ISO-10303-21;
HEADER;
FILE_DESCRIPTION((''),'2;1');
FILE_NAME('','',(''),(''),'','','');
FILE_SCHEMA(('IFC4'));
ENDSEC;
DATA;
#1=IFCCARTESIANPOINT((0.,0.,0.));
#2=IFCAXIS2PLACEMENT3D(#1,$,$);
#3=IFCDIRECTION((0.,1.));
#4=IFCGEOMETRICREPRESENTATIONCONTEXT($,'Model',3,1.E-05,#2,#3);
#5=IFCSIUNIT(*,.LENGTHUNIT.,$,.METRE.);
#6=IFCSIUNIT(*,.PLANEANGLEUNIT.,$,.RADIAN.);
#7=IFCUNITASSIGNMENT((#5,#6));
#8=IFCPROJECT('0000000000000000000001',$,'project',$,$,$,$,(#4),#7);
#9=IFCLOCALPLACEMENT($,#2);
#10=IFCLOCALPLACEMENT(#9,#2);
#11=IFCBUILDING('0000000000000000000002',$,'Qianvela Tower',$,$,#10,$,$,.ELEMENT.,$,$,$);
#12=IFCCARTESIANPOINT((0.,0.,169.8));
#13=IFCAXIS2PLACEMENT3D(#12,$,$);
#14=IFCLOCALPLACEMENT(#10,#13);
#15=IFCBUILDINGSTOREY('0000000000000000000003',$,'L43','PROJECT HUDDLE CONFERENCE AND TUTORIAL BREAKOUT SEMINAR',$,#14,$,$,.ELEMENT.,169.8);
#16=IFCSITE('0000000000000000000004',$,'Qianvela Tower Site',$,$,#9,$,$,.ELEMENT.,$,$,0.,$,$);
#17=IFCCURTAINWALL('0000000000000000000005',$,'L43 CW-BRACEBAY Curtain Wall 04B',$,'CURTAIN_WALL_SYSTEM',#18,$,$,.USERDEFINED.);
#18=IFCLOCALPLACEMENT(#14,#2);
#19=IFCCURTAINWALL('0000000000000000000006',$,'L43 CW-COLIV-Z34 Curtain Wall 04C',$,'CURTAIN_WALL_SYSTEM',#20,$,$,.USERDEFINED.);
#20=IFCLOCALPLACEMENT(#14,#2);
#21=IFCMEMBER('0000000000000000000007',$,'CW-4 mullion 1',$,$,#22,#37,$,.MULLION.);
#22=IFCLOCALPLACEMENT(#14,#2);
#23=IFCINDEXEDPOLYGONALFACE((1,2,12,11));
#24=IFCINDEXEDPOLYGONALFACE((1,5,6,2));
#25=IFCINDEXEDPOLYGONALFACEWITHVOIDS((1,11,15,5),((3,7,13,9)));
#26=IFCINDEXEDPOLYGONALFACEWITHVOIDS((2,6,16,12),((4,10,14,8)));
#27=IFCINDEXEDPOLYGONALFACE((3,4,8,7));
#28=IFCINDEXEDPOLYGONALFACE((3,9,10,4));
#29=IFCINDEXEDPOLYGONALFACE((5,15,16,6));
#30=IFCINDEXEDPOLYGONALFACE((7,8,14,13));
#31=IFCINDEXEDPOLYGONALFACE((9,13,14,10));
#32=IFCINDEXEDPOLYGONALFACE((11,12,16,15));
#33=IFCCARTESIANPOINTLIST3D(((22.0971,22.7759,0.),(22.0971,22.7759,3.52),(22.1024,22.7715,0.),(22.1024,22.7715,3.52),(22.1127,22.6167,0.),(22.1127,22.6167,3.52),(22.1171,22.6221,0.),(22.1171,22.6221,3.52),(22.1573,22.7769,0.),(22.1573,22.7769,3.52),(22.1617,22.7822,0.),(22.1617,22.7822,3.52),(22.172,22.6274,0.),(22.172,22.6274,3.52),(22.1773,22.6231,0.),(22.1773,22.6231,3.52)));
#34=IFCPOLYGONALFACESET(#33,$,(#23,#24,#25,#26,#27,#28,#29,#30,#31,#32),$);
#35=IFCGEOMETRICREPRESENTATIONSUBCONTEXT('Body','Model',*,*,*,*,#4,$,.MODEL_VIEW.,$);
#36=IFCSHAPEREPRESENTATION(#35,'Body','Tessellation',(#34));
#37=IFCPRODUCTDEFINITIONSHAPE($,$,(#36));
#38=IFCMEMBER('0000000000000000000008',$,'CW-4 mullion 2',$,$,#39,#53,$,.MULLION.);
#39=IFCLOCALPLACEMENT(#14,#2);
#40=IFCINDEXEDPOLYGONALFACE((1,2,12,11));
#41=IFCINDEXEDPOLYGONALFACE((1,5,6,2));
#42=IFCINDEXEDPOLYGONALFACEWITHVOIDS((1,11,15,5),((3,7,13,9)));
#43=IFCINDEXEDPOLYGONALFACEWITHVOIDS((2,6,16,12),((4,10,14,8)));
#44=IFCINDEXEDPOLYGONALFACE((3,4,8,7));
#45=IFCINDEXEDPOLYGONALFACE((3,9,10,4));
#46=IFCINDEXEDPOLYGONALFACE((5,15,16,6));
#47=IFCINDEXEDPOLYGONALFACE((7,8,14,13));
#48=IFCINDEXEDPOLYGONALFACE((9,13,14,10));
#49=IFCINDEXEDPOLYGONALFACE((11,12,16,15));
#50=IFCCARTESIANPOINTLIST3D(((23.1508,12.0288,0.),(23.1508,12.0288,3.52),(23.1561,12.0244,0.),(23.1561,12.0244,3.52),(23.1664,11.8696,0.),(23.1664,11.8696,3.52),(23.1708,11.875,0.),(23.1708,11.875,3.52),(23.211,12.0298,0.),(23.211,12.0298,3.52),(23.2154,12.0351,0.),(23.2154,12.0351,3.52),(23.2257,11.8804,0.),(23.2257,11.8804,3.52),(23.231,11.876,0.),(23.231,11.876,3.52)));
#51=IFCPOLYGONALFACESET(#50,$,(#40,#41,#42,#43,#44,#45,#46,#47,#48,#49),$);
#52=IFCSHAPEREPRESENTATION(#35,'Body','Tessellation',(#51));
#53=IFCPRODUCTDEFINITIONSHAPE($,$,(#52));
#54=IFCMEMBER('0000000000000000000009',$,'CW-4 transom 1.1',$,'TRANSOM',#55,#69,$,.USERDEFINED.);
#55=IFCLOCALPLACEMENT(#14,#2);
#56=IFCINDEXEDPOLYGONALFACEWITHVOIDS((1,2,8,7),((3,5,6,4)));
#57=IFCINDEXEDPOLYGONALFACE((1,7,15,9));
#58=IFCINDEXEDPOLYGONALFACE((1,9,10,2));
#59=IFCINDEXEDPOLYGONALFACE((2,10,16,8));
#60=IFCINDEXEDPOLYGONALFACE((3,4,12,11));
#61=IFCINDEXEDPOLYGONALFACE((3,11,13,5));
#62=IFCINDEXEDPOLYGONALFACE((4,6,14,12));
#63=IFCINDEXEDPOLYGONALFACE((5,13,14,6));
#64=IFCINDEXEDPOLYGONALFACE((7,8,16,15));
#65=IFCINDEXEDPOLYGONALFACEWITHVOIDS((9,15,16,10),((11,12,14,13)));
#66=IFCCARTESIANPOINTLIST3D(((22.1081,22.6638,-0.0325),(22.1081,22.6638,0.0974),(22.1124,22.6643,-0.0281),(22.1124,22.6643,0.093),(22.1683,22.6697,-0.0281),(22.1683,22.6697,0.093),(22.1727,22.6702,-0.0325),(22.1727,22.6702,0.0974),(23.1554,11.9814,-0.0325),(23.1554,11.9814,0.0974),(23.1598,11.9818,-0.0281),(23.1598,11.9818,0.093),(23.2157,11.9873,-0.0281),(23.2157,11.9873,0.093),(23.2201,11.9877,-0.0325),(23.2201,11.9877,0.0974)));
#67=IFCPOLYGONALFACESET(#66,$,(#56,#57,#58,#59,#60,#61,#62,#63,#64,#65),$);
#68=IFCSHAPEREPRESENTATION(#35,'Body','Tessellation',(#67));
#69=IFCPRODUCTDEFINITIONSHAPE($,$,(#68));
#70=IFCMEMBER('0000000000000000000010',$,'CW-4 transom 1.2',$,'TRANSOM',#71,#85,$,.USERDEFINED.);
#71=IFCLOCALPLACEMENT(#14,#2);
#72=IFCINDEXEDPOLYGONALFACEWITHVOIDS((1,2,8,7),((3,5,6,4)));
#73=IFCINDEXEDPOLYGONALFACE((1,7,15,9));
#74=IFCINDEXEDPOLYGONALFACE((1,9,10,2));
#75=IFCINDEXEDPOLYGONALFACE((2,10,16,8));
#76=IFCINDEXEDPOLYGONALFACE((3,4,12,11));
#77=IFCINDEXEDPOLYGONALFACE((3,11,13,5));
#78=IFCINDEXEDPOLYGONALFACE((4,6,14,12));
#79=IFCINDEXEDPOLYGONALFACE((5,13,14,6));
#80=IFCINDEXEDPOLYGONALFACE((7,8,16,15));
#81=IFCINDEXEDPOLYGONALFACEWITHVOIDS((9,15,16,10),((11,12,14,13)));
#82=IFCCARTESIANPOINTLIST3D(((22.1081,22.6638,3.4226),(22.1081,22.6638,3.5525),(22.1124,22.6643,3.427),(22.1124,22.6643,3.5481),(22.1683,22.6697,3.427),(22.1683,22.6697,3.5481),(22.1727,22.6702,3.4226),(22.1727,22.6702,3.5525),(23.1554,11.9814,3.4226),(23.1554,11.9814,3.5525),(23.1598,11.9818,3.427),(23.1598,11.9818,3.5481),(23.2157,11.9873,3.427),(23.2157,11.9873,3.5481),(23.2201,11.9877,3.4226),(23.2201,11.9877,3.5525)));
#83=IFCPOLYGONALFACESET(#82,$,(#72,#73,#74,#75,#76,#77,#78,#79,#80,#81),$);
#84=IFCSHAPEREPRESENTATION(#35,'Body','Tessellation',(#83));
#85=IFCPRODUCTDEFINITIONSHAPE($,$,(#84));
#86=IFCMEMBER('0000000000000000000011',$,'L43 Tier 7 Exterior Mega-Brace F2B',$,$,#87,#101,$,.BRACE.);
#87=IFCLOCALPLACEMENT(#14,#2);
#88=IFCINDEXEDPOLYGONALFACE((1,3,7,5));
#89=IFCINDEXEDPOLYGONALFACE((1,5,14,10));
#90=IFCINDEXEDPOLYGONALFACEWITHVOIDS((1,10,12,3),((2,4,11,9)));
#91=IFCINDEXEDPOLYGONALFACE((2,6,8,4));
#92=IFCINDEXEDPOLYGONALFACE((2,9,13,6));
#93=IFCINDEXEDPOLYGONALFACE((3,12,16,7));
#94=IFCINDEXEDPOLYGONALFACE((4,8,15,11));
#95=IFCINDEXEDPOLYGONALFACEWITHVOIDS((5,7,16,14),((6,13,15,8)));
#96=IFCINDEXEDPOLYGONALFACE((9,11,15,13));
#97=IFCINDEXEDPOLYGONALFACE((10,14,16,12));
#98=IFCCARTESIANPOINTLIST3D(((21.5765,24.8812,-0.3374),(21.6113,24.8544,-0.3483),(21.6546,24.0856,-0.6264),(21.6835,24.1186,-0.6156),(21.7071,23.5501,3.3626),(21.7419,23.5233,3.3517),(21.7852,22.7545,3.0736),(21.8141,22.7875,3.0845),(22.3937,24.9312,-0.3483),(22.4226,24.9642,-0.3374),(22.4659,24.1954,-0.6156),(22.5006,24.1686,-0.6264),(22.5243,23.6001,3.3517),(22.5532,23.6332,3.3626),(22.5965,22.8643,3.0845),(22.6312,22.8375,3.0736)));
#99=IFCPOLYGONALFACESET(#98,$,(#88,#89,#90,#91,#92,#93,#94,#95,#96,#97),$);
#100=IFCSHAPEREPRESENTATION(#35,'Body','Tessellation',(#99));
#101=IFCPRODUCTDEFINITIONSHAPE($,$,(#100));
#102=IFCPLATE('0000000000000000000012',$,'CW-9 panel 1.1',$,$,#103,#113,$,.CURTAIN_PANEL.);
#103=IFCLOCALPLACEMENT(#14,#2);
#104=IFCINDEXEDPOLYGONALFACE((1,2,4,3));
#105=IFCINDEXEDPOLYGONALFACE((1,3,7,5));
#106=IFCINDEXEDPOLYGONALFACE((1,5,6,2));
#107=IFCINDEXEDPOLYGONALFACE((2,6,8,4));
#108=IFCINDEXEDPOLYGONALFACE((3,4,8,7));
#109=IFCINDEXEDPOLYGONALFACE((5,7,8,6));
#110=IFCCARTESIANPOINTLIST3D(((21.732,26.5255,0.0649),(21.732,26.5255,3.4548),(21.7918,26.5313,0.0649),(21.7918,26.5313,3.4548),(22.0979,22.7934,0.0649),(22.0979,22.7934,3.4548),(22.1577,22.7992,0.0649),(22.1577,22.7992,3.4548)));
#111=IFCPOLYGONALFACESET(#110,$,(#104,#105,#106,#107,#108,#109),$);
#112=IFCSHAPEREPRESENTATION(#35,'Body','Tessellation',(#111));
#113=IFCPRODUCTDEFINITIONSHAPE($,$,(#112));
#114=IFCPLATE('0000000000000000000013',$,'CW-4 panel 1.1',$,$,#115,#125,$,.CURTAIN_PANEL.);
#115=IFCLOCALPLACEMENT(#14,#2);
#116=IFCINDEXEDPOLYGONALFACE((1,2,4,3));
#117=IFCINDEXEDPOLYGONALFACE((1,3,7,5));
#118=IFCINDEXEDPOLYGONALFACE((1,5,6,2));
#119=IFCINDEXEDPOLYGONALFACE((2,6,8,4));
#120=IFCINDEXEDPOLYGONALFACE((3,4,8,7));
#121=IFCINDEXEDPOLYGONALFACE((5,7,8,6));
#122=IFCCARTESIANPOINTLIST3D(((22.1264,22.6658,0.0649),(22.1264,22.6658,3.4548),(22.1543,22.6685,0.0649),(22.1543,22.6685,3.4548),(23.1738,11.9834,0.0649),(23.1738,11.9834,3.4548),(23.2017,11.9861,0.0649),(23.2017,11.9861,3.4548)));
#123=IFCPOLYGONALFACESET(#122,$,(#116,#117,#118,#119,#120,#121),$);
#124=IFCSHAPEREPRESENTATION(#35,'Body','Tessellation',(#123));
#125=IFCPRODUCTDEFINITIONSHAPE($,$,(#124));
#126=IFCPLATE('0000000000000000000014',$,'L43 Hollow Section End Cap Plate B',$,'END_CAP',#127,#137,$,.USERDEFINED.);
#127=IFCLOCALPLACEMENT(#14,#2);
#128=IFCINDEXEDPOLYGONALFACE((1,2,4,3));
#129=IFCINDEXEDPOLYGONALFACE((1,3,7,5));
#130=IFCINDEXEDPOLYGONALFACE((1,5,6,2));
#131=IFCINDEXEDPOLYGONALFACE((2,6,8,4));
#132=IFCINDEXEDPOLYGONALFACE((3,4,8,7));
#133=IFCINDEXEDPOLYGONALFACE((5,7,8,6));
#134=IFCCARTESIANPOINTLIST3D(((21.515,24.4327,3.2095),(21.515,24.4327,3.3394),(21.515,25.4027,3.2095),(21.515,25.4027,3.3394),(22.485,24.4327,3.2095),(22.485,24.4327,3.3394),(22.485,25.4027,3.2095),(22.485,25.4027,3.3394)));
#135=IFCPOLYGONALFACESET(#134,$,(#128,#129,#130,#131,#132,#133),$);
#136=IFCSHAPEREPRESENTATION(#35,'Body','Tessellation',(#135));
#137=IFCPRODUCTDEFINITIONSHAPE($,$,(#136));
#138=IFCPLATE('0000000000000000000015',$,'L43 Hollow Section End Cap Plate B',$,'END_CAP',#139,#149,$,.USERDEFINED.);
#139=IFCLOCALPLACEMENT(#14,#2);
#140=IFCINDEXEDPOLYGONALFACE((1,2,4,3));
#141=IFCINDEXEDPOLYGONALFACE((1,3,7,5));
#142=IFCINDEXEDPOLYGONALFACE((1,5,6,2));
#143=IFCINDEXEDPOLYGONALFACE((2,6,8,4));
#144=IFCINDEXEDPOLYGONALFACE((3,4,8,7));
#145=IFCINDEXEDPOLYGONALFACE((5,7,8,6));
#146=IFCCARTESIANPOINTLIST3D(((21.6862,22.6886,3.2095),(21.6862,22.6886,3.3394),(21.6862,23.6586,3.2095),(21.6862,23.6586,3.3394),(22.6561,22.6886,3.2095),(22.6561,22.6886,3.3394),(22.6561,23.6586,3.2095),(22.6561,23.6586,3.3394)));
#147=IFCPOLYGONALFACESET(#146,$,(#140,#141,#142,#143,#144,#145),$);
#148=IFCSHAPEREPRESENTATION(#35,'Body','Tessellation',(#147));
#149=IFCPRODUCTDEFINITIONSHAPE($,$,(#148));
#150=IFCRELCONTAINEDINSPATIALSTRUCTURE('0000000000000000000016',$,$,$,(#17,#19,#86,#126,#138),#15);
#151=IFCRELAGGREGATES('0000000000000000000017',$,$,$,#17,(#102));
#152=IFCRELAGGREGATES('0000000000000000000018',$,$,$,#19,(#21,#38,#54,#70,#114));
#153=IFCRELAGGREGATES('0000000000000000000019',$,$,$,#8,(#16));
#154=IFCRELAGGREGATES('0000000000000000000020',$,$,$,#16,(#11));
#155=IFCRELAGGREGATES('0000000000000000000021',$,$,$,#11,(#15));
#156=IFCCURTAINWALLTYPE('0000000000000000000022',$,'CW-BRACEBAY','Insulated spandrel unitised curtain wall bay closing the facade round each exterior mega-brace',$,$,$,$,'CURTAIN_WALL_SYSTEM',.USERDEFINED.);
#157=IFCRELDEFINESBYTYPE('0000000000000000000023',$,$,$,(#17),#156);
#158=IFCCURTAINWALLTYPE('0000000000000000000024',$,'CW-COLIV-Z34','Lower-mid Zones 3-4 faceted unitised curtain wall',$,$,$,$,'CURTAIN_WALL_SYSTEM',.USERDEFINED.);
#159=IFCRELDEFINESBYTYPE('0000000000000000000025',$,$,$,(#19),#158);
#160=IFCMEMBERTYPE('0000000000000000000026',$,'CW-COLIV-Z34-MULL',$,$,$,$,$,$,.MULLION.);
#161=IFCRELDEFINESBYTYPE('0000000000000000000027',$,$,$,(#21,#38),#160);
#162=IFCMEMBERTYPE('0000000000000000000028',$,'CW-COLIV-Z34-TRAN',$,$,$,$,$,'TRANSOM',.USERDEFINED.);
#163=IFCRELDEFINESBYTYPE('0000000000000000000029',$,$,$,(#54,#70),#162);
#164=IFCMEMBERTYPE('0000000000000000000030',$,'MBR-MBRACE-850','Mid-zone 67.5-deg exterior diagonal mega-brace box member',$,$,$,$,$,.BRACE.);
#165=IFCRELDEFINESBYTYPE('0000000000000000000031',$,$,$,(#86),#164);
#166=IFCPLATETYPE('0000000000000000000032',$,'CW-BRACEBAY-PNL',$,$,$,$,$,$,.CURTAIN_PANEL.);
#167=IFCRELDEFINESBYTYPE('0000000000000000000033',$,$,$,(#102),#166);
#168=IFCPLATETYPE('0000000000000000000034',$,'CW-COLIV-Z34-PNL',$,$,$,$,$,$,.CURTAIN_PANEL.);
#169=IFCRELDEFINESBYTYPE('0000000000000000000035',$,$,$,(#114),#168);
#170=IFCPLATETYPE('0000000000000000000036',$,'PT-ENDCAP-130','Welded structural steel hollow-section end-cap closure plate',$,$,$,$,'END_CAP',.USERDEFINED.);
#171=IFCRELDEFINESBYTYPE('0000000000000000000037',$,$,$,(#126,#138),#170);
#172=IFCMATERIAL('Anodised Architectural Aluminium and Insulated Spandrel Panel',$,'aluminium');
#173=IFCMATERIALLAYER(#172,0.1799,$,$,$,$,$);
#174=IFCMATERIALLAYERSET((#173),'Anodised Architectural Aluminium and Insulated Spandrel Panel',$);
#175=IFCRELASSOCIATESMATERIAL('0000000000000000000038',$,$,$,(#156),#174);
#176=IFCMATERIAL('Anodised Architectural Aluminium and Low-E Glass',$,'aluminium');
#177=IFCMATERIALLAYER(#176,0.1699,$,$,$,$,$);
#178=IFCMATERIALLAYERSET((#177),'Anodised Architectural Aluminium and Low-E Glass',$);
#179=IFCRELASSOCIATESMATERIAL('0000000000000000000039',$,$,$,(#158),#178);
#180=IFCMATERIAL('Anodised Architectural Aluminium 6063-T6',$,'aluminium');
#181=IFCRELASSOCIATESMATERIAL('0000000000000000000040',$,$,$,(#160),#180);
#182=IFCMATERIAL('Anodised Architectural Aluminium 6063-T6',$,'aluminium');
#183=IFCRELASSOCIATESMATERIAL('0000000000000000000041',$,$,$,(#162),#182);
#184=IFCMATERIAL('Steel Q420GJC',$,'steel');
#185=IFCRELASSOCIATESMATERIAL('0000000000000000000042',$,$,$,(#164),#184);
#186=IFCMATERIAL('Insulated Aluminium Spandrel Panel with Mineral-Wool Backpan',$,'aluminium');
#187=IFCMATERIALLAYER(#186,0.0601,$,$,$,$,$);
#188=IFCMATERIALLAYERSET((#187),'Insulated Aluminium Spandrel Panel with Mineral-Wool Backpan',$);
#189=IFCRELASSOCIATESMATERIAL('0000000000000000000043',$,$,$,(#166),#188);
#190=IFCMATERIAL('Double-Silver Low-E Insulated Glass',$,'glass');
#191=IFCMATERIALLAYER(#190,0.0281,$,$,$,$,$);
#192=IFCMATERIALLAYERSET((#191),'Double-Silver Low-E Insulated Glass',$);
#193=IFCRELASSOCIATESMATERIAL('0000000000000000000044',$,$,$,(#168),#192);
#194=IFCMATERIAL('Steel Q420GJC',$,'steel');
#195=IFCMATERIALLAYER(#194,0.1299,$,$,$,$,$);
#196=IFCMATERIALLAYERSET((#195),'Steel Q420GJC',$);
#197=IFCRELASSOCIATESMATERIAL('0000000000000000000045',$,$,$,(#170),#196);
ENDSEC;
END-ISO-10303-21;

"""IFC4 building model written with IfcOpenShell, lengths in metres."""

from ifc_helpers import new_model, si_unit, direction, frame, origin, origin_2d, place, context, subcontext, project, spatial, rectangle, hollow_rectangle, extrude, material, layer, layer_set, material_profile, profile_set, type_object, element, aggregate, save


model = new_model("IFC4")

# Units and contexts
model_context = context("Model", 3, precision=1e-05, world=origin(), true_north=direction((0.0, 1.0)))
body_context = subcontext(model_context, "Body", "Model", "MODEL_VIEW")
ifc_project = project(units=[si_unit("LENGTHUNIT", "METRE"), si_unit("PLANEANGLEUNIT", "RADIAN")], contexts=[model_context])

# Site, building, storey
site_placement = place(None, origin())
site = spatial("IfcSite", under=ifc_project, at=site_placement, Name="Qianvela Tower Site", CompositionType="ELEMENT", RefElevation=0.0)
building_placement = place(site_placement, origin())
building = spatial("IfcBuilding", under=site, at=building_placement, Name="Qianvela Tower", CompositionType="ELEMENT")
storey_placement = place(building_placement, frame((0.0, 0.0, 169.8)))
storey = spatial("IfcBuildingStorey", under=building, at=storey_placement, Name="L43", Description="PROJECT HUDDLE CONFERENCE AND TUTORIAL BREAKOUT SEMINAR", CompositionType="ELEMENT", Elevation=169.8)

# Curtain wall
ifc_material_1 = material(Name="Anodised Architectural Aluminium and Insulated Spandrel Panel", Category="aluminium")
ifc_layer_1 = layer(ifc_material_1, 0.1799)
ifc_layer_set_1 = layer_set([ifc_layer_1], Name="Anodised Architectural Aluminium and Insulated Spandrel Panel")
curtain_wall_type_1 = type_object("IfcCurtainWallType", Name="CW-BRACEBAY", Description="Insulated spandrel unitised curtain wall bay closing the facade round each exterior mega-brace", ElementType="CURTAIN_WALL_SYSTEM", PredefinedType="USERDEFINED", material=ifc_layer_set_1)
curtain_wall_1_placement = place(storey_placement, origin())
curtain_wall_1 = element("IfcCurtainWall", 1, at=curtain_wall_1_placement, inside=storey, type_object=curtain_wall_type_1, Name="L43 CW-BRACEBAY Curtain Wall 04B", ObjectType="CURTAIN_WALL_SYSTEM", PredefinedType="USERDEFINED")

# Curtain wall, members
ifc_material_2 = material(Name="Anodised Architectural Aluminium and Low-E Glass", Category="aluminium")
ifc_layer_2 = layer(ifc_material_2, 0.1699)
ifc_layer_set_2 = layer_set([ifc_layer_2], Name="Anodised Architectural Aluminium and Low-E Glass")
curtain_wall_type_2 = type_object("IfcCurtainWallType", Name="CW-COLIV-Z34", Description="Lower-mid Zones 3-4 faceted unitised curtain wall", ElementType="CURTAIN_WALL_SYSTEM", PredefinedType="USERDEFINED", material=ifc_layer_set_2)
curtain_wall_2_placement = place(storey_placement, origin())
curtain_wall_2 = element("IfcCurtainWall", 2, at=curtain_wall_2_placement, inside=storey, type_object=curtain_wall_type_2, Name="L43 CW-COLIV-Z34 Curtain Wall 04C", ObjectType="CURTAIN_WALL_SYSTEM", PredefinedType="USERDEFINED")
ifc_material_3 = material(Name="Anodised Architectural Aluminium 6063-T6", Category="aluminium")
ifc_material_profile_1 = material_profile(ifc_material_3, hollow_rectangle(XDim=0.0649, YDim=0.1599, WallThickness=0.0049, at=origin_2d()), Name="ALU-MULL-65x160")
ifc_profile_set_1 = profile_set([ifc_material_profile_1], Name="Anodised Architectural Aluminium 6063-T6")
member_type_1 = type_object("IfcMemberType", Name="CW-COLIV-Z34-MULL", PredefinedType="MULLION", material=ifc_profile_set_1)
member_1_placement = place(storey_placement, frame((22.1372, 22.6995, 0.0), z_axis=(0.0, 0.0, 1.0), x_axis=(0.995227, 0.097583, 0.0)))
member_1 = element("IfcMember", 3, at=member_1_placement, type_object=member_type_1, Name="CW-4 mullion 1", PredefinedType="MULLION", context=body_context, shape_type="SweptSolid", body=[
    extrude(hollow_rectangle(XDim=0.0649, YDim=0.1599, WallThickness=0.0049, at=origin_2d()), origin(), (0.0, 0.0, 1.0), 3.52),
])
member_2_placement = place(storey_placement, frame((23.1909, 11.9524, 0.0), z_axis=(0.0, 0.0, 1.0), x_axis=(0.995227, 0.097583, 0.0)))
member_2 = element("IfcMember", 4, at=member_2_placement, type_object=member_type_1, Name="CW-4 mullion 2", PredefinedType="MULLION", context=body_context, shape_type="SweptSolid", body=[
    extrude(hollow_rectangle(XDim=0.0649, YDim=0.1599, WallThickness=0.0049, at=origin_2d()), origin(), (0.0, 0.0, 1.0), 3.52),
])
ifc_material_4 = material(Name="Anodised Architectural Aluminium 6063-T6", Category="aluminium")
ifc_material_profile_2 = material_profile(ifc_material_4, hollow_rectangle(XDim=0.0649, YDim=0.1299, WallThickness=0.0044, at=origin_2d()), Name="ALU-TRAN-65x130")
ifc_profile_set_2 = profile_set([ifc_material_profile_2], Name="Anodised Architectural Aluminium 6063-T6")
member_type_2 = type_object("IfcMemberType", Name="CW-COLIV-Z34-TRAN", ElementType="TRANSOM", PredefinedType="USERDEFINED", material=ifc_profile_set_2)
member_3_placement = place(storey_placement, frame((22.1404, 22.667, 0.0325), z_axis=(0.097578, -0.995228, 0.0), x_axis=(0.995228, 0.097578, 0.0)))
member_3 = element("IfcMember", 5, at=member_3_placement, type_object=member_type_2, Name="CW-4 transom 1.1", ObjectType="TRANSOM", PredefinedType="USERDEFINED", context=body_context, shape_type="SweptSolid", body=[
    extrude(hollow_rectangle(XDim=0.0649, YDim=0.1299, WallThickness=0.0044, at=origin_2d()), origin(), (0.0, 0.0, 1.0), 10.7336),
])
member_4_placement = place(storey_placement, frame((22.1404, 22.667, 3.4875), z_axis=(0.097578, -0.995228, 0.0), x_axis=(0.995228, 0.097578, 0.0)))
member_4 = element("IfcMember", 6, at=member_4_placement, type_object=member_type_2, Name="CW-4 transom 1.2", ObjectType="TRANSOM", PredefinedType="USERDEFINED", context=body_context, shape_type="SweptSolid", body=[
    extrude(hollow_rectangle(XDim=0.0649, YDim=0.1299, WallThickness=0.0044, at=origin_2d()), origin(), (0.0, 0.0, 1.0), 10.7336),
])

# Member
ifc_material_5 = material(Name="Steel Q420GJC", Category="steel")
ifc_material_profile_3 = material_profile(ifc_material_5, hollow_rectangle(XDim=0.8501, YDim=0.8501, WallThickness=0.032, at=origin_2d()), Name="MBOX-850x850x32")
ifc_profile_set_3 = profile_set([ifc_material_profile_3], Name="Steel Q420GJC")
member_type_3 = type_object("IfcMemberType", Name="MBR-MBRACE-850", Description="Mid-zone 67.5-deg exterior diagonal mega-brace box member", PredefinedType="BRACE", material=ifc_profile_set_3)
member_5_placement = place(storey_placement, frame((22.0386, 24.5249, -0.4819), z_axis=(0.033199, -0.338324, 0.940444), x_axis=(0.99522, 0.09766, 0.0)))
element("IfcMember", 7, at=member_5_placement, inside=storey, type_object=member_type_3, Name="L43 Tier 7 Exterior Mega-Brace F2B", PredefinedType="BRACE", context=body_context, shape_type="SweptSolid", body=[
    extrude(hollow_rectangle(XDim=0.8501, YDim=0.8501, WallThickness=0.032, at=origin_2d()), origin(), (0.0, 0.0, 1.0), 3.9343),
])

# Plates
ifc_material_6 = material(Name="Insulated Aluminium Spandrel Panel with Mineral-Wool Backpan", Category="aluminium")
ifc_layer_3 = layer(ifc_material_6, 0.0601)
ifc_layer_set_3 = layer_set([ifc_layer_3], Name="Insulated Aluminium Spandrel Panel with Mineral-Wool Backpan")
plate_type_1 = type_object("IfcPlateType", Name="CW-BRACEBAY-PNL", PredefinedType="CURTAIN_PANEL", material=ifc_layer_set_3)
plate_1_placement = place(storey_placement, frame((21.9448, 24.6624, 0.0649), z_axis=(0.0, 0.0, 1.0), x_axis=(0.097577, -0.995228, 0.0)))
plate_1 = element("IfcPlate", 8, at=plate_1_placement, type_object=plate_type_1, Name="CW-9 panel 1.1", PredefinedType="CURTAIN_PANEL", context=body_context, shape_type="SweptSolid", body=[
    extrude(rectangle(XDim=3.75, YDim=0.0601, at=origin_2d()), origin(), (0.0, 0.0, 1.0), 3.3899),
])
aggregate(curtain_wall_1, [plate_1])
ifc_material_7 = material(Name="Double-Silver Low-E Insulated Glass", Category="glass")
ifc_layer_4 = layer(ifc_material_7, 0.0281)
ifc_layer_set_4 = layer_set([ifc_layer_4], Name="Double-Silver Low-E Insulated Glass")
plate_type_2 = type_object("IfcPlateType", Name="CW-COLIV-Z34-PNL", PredefinedType="CURTAIN_PANEL", material=ifc_layer_set_4)
plate_2_placement = place(storey_placement, frame((22.6641, 17.3259, 0.0649), z_axis=(0.0, 0.0, 1.0), x_axis=(0.097583, -0.995227, 0.0)))
plate_2 = element("IfcPlate", 9, at=plate_2_placement, type_object=plate_type_2, Name="CW-4 panel 1.1", PredefinedType="CURTAIN_PANEL", context=body_context, shape_type="SweptSolid", body=[
    extrude(rectangle(XDim=10.7336, YDim=0.0281, at=origin_2d()), origin(), (0.0, 0.0, 1.0), 3.3899),
])
aggregate(curtain_wall_2, [member_1, member_2, member_3, member_4, plate_2])

# Plates
ifc_material_8 = material(Name="Steel Q420GJC", Category="steel")
ifc_layer_5 = layer(ifc_material_8, 0.1299)
ifc_layer_set_5 = layer_set([ifc_layer_5], Name="Steel Q420GJC")
plate_type_3 = type_object("IfcPlateType", Name="PT-ENDCAP-130", Description="Welded structural steel hollow-section end-cap closure plate", ElementType="END_CAP", PredefinedType="USERDEFINED", material=ifc_layer_set_5)
for number, where, z_axis, x_axis, name in (
    (10, (22.0, 24.9177, 3.2095), (0.0, 0.0, 1.0), (1.0, 0.0, 0.0), "L43 Hollow Section End Cap Plate B"),
    (11, (22.1711, 23.1736, 3.2095), (0.0, 0.0, 1.0), (1.0, 0.0, 0.0), "L43 Hollow Section End Cap Plate B"),
):
    element("IfcPlate", number, at=place(storey_placement, frame(where, z_axis=z_axis, x_axis=x_axis)), inside=storey, type_object=plate_type_3, Name=name, ObjectType="END_CAP", PredefinedType="USERDEFINED", context=body_context, shape_type="SweptSolid", body=[
        extrude(rectangle(XDim=0.97, YDim=0.97, at=origin_2d()), origin(), (0.0, 0.0, 1.0), 0.1299),
    ])

save(model, "model.ifc")
